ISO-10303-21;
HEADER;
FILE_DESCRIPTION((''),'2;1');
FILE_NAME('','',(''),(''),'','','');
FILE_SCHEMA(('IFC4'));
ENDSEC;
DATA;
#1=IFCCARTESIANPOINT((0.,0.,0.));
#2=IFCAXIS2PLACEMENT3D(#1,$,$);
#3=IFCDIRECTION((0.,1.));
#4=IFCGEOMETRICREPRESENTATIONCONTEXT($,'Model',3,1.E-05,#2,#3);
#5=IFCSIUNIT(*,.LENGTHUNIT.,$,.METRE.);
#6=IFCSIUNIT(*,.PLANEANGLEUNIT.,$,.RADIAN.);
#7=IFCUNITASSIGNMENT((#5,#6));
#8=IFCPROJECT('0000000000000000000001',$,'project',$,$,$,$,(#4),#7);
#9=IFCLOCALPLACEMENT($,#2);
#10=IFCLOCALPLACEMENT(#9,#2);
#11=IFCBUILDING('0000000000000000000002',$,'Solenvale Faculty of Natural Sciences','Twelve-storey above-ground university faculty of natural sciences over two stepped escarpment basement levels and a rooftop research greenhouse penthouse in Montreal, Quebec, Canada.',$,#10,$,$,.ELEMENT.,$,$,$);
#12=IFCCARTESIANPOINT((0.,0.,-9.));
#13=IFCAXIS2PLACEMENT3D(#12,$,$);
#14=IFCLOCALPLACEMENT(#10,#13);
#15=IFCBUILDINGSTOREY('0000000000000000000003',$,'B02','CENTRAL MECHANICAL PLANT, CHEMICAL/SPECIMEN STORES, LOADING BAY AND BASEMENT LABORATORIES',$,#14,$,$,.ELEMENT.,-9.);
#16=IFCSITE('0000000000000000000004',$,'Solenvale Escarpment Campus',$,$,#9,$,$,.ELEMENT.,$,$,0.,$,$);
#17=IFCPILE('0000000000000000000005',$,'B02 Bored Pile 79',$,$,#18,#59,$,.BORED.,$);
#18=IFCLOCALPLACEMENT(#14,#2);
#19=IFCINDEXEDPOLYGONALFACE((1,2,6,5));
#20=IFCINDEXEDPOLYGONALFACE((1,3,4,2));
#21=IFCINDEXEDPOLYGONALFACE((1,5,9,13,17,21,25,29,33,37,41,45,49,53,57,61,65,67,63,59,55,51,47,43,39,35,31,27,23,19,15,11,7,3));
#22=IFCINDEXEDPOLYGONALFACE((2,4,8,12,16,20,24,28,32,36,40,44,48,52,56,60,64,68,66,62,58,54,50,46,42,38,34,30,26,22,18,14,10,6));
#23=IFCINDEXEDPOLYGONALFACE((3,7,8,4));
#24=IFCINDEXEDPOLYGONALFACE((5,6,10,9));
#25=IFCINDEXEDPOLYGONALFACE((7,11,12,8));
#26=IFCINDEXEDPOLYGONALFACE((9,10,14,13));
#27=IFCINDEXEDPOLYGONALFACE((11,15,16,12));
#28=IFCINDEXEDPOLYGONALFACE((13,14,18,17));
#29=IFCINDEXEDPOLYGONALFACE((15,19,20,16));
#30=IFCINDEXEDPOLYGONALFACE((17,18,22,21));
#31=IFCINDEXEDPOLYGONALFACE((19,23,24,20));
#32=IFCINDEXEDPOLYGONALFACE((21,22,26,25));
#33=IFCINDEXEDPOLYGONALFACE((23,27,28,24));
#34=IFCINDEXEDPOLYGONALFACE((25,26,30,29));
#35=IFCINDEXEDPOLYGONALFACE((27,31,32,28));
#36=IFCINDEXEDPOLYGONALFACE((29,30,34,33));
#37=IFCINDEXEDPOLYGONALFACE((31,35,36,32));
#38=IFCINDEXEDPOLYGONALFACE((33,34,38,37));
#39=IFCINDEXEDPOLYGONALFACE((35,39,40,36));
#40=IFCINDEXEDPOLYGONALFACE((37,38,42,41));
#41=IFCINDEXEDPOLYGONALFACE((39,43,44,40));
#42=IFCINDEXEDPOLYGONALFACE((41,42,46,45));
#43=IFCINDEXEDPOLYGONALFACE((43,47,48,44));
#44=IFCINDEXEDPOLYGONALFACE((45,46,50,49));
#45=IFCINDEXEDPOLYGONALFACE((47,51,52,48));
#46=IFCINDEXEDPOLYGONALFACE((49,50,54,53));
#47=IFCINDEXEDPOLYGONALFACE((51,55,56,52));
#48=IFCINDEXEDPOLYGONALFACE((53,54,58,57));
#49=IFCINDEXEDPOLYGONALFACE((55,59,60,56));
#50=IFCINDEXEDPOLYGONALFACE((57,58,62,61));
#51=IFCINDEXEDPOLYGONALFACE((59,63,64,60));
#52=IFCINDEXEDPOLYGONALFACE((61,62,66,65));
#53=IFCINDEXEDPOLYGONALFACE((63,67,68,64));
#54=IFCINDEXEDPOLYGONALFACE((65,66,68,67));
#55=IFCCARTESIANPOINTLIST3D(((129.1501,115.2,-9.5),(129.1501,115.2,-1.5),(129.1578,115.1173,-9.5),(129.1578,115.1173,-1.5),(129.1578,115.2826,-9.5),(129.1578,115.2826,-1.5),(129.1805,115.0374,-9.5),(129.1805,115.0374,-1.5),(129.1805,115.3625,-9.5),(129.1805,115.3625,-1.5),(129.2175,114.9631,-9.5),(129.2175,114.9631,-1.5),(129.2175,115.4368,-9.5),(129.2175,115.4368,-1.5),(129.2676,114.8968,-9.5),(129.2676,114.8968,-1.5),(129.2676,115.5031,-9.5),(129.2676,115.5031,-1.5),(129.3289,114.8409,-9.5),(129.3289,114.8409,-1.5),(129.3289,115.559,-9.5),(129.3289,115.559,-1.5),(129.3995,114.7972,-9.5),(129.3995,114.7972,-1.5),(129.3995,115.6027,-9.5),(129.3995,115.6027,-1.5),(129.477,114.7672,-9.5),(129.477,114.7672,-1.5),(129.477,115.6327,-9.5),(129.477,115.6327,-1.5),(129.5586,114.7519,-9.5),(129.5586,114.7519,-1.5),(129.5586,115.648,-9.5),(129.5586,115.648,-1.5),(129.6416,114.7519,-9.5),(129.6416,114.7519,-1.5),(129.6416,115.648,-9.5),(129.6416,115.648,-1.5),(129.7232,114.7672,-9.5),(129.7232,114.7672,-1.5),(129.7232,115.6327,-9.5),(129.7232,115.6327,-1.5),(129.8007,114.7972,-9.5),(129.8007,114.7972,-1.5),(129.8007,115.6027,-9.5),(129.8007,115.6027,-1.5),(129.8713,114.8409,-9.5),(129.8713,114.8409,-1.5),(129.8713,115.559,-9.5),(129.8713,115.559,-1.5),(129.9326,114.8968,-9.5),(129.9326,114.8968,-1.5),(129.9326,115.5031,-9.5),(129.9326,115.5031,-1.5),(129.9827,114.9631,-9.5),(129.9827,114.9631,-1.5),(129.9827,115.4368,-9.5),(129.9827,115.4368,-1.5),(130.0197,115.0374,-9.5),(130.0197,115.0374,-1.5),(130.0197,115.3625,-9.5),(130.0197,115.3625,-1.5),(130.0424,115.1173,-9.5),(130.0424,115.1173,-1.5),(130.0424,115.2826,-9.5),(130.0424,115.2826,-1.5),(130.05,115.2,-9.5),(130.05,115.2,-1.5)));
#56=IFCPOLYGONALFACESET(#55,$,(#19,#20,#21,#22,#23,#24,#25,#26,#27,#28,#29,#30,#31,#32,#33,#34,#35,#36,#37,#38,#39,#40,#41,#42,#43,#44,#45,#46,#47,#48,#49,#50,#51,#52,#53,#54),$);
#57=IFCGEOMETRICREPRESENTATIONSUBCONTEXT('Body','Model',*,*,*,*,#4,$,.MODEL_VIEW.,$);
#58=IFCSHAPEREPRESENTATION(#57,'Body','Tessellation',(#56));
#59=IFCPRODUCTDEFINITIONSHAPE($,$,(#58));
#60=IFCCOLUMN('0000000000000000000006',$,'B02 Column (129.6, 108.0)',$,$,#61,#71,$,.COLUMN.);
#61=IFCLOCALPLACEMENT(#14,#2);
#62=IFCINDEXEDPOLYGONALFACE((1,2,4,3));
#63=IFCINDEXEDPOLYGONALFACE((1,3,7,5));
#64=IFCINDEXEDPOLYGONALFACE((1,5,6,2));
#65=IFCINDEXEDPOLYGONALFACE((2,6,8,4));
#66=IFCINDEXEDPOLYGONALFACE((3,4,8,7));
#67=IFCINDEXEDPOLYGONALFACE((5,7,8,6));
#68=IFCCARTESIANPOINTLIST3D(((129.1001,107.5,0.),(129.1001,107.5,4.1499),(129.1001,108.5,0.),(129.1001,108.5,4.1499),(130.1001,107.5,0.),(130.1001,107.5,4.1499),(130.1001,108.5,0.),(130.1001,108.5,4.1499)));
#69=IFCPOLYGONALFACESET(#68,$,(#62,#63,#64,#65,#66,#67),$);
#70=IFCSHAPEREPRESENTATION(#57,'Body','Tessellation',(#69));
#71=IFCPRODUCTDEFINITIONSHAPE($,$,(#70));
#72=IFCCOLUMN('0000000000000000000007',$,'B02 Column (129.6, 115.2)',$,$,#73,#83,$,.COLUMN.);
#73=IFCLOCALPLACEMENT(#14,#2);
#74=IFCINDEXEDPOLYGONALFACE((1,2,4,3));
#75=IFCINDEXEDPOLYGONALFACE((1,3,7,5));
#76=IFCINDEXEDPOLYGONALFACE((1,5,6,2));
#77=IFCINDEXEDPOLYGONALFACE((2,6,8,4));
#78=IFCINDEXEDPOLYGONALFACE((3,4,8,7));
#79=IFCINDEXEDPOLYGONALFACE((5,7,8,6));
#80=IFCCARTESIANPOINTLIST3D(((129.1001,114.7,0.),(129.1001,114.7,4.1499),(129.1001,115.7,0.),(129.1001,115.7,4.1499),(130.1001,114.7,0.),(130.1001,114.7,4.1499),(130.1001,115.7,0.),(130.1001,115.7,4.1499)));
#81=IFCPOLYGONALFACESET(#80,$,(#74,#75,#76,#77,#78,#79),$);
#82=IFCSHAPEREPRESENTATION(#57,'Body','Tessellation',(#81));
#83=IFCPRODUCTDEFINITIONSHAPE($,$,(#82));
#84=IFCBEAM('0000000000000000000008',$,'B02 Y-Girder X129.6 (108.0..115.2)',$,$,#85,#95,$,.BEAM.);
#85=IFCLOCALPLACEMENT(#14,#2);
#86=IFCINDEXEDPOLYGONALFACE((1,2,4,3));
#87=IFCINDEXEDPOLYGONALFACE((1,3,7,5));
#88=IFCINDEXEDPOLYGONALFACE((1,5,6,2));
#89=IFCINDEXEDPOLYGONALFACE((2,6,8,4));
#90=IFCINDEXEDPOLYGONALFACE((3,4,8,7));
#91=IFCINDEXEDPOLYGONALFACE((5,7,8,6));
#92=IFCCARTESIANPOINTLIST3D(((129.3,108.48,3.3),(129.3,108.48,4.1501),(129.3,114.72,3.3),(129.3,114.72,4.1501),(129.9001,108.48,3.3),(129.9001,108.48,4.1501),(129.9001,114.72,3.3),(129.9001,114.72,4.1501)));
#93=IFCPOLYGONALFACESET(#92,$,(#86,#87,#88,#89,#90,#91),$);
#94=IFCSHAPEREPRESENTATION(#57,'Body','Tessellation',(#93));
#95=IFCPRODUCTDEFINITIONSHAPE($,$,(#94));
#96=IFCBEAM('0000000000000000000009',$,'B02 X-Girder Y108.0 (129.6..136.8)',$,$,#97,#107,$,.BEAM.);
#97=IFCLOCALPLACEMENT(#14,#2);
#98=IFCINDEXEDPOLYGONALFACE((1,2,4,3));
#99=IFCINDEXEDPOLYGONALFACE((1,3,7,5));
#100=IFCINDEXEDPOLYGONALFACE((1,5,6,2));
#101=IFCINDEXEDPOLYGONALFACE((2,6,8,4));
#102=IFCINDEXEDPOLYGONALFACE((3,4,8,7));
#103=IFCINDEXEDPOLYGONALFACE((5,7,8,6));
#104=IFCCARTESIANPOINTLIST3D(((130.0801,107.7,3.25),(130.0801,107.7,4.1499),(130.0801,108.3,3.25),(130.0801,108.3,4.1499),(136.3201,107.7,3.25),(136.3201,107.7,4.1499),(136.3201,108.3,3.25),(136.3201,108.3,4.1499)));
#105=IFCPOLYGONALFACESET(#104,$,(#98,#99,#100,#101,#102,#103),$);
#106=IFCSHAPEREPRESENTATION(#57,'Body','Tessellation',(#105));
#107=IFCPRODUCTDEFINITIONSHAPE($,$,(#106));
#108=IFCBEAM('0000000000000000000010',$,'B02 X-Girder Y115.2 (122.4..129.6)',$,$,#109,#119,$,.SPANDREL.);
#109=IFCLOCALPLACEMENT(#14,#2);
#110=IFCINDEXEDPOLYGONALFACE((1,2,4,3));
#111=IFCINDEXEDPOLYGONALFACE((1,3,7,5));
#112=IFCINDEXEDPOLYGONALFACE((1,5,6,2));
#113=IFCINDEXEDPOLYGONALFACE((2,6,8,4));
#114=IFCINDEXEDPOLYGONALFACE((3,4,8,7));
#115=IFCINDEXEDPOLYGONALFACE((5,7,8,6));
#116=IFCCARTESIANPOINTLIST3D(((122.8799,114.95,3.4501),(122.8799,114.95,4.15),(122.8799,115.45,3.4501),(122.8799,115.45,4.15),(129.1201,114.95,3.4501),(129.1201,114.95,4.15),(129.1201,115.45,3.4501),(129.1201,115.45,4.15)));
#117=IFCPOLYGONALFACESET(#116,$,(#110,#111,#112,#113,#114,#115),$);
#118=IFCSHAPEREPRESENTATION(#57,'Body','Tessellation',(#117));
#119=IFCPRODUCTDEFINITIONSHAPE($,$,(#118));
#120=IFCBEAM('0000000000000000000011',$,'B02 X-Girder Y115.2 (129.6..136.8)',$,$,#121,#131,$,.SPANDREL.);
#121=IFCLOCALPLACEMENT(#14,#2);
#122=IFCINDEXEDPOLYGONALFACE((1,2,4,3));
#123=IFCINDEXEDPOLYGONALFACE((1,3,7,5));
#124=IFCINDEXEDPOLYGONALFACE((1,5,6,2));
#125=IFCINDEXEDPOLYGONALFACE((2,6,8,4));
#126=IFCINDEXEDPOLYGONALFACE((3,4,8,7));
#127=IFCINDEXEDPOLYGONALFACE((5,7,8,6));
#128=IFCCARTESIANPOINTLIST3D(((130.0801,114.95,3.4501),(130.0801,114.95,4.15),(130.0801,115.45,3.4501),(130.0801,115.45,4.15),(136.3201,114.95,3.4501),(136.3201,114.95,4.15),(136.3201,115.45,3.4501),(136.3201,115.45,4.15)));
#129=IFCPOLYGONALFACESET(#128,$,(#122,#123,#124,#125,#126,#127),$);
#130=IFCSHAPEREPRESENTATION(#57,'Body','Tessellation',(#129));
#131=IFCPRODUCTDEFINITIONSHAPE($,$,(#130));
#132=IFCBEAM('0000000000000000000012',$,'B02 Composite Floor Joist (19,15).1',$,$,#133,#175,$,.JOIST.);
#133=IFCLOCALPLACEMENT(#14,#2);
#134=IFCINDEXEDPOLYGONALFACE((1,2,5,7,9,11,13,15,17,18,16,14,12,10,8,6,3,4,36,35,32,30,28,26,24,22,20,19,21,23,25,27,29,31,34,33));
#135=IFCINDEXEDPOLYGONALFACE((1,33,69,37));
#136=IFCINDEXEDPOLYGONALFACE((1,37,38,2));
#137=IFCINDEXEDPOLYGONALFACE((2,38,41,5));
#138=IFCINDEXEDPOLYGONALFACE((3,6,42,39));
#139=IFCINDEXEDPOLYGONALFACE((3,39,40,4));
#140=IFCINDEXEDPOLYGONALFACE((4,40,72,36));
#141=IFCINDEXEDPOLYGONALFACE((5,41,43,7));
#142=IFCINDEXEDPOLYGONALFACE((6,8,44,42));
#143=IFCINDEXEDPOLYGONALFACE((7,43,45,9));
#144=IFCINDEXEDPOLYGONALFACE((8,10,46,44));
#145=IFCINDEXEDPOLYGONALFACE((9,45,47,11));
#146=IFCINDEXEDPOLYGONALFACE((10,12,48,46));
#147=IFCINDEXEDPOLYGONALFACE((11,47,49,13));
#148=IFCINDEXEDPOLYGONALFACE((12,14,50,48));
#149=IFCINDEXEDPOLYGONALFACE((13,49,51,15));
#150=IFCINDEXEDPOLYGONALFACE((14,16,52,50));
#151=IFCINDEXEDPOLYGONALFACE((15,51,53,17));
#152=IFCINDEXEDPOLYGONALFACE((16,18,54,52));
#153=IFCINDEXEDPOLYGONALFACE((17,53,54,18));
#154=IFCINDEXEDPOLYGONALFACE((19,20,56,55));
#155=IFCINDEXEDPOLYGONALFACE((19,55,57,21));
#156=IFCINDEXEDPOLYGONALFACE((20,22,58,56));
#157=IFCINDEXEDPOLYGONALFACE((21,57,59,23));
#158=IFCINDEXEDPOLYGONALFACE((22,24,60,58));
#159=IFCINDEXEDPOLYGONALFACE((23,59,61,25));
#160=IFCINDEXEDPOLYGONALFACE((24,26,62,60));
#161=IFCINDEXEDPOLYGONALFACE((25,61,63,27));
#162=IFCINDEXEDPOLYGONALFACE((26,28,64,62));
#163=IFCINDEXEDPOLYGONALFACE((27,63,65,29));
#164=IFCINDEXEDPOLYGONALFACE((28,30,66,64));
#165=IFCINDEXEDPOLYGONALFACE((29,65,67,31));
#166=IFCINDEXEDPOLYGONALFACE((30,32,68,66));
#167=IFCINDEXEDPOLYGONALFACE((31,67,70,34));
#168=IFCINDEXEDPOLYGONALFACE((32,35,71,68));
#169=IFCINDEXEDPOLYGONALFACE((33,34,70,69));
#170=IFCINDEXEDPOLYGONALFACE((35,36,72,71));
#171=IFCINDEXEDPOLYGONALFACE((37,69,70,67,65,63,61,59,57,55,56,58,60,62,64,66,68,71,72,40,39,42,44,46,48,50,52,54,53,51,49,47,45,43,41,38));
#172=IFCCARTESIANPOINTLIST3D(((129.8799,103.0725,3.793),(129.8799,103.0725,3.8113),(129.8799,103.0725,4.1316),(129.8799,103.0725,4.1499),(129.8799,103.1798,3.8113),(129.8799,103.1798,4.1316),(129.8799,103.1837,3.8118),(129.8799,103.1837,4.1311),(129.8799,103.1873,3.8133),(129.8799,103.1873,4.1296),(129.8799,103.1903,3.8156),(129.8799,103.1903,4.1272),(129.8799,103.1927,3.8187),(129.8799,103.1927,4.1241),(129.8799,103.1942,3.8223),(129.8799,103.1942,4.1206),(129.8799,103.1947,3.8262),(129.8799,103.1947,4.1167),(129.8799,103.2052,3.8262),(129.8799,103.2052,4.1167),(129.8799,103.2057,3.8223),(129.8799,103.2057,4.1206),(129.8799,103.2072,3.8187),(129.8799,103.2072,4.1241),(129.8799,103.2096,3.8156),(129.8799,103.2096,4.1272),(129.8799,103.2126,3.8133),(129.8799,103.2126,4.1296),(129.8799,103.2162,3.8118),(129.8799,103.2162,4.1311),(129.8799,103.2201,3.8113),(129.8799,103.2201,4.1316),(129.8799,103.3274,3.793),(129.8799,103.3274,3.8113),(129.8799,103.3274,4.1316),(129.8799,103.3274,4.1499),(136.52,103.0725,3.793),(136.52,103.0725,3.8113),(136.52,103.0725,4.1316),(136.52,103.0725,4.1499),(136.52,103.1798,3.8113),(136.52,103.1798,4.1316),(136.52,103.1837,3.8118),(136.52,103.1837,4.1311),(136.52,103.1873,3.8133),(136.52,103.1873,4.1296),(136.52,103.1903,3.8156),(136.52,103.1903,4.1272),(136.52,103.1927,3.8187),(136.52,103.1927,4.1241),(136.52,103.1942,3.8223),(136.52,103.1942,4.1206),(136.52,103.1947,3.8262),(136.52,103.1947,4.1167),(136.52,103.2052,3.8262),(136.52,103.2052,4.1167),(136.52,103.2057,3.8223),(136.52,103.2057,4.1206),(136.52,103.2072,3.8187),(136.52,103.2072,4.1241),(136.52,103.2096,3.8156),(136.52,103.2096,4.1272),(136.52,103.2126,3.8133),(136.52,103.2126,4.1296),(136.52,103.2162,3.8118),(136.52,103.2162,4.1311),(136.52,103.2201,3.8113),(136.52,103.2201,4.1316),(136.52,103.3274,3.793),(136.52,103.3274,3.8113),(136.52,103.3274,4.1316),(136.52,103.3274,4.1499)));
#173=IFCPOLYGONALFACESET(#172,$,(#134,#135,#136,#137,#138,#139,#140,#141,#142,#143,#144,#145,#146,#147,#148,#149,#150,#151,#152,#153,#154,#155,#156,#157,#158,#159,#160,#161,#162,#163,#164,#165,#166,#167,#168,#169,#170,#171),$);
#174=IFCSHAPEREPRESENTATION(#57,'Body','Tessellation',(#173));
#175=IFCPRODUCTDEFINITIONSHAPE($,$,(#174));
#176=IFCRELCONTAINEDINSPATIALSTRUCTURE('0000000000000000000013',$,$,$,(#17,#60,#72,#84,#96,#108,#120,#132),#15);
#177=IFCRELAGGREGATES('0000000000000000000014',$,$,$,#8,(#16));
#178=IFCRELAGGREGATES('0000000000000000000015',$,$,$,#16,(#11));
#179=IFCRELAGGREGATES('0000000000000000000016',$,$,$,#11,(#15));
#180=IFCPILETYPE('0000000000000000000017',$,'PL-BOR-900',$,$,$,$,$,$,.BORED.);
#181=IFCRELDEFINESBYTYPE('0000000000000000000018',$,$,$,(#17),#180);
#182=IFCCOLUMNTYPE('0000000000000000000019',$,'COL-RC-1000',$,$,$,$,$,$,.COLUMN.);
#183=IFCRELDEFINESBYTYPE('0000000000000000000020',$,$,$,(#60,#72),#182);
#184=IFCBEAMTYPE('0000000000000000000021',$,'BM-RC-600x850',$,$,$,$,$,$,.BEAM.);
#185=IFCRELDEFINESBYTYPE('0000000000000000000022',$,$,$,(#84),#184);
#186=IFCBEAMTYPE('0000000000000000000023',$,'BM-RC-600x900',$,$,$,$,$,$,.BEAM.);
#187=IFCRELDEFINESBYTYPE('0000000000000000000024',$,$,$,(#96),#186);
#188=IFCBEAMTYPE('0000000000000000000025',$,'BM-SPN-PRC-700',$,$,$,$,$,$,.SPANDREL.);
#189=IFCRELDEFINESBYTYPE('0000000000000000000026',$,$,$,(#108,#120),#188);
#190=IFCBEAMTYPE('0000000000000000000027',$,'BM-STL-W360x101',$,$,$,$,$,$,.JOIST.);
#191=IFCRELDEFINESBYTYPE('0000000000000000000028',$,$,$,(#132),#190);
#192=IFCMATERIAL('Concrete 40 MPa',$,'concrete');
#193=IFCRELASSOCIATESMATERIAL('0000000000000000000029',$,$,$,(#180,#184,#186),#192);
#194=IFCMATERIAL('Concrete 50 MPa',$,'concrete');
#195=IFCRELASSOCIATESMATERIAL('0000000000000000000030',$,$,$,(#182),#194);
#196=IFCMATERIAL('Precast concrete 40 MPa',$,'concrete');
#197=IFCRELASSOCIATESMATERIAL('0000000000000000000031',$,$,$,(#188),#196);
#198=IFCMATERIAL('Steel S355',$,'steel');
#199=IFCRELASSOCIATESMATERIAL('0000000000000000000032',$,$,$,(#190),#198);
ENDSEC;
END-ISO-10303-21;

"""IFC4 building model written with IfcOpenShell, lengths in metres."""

from ifc_helpers import new_model, si_unit, direction, frame, origin, origin_2d, place, context, subcontext, project, spatial, rectangle, circle, i_section, extrude, material, material_profile, profile_set, type_object, element, save


model = new_model("IFC4")

# Units and contexts
model_context = context("Model", 3, precision=1e-05, world=origin(), true_north=direction((0.0, 1.0)))
body_context = subcontext(model_context, "Body", "Model", "MODEL_VIEW")
ifc_project = project(units=[si_unit("LENGTHUNIT", "METRE"), si_unit("PLANEANGLEUNIT", "RADIAN")], contexts=[model_context])

# Site, building, storey
site_placement = place(None, origin())
site = spatial("IfcSite", under=ifc_project, at=site_placement, Name="Solenvale Escarpment Campus", CompositionType="ELEMENT", RefElevation=0.0)
building_placement = place(site_placement, origin())
building = spatial("IfcBuilding", under=site, at=building_placement, Name="Solenvale Faculty of Natural Sciences", Description="Twelve-storey above-ground university faculty of natural sciences over two stepped escarpment basement levels and a rooftop research greenhouse penthouse in Montreal, Quebec, Canada.", CompositionType="ELEMENT")
storey_placement = place(building_placement, frame((0.0, 0.0, -9.0)))
storey = spatial("IfcBuildingStorey", under=building, at=storey_placement, Name="B02", Description="CENTRAL MECHANICAL PLANT, CHEMICAL/SPECIMEN STORES, LOADING BAY AND BASEMENT LABORATORIES", CompositionType="ELEMENT", Elevation=-9.0)

# Shared definitions
ifc_material_1 = material(Name="Concrete 40 MPa", Category="concrete")

# Pile
ifc_material_profile_1 = material_profile(ifc_material_1, circle(Radius=0.45, at=origin_2d()), Name="PILE-D900")
ifc_profile_set_1 = profile_set([ifc_material_profile_1], Name="Concrete 40 MPa")
pile_type_1 = type_object("IfcPileType", Name="PL-BOR-900", PredefinedType="BORED", material=ifc_profile_set_1)
for number, where, z_axis, x_axis, name in (
    (1, (129.6001, 115.2, -1.5), (0.0, 0.0, -1.0), (1.0, 0.0, 0.0), "B02 Bored Pile 79"),
):
    element("IfcPile", number, at=place(storey_placement, frame(where, z_axis=z_axis, x_axis=x_axis)), inside=storey, type_object=pile_type_1, Name=name, PredefinedType="BORED", context=body_context, shape_type="SweptSolid", body=[
        extrude(circle(Radius=0.45, at=origin_2d()), origin(), (0.0, 0.0, 1.0), 8.0),
    ])

# Columns
ifc_material_2 = material(Name="Concrete 50 MPa", Category="concrete")
ifc_material_profile_2 = material_profile(ifc_material_2, rectangle(XDim=1.0, YDim=1.0, at=origin_2d()), Name="RC-COL-1000x1000")
ifc_profile_set_2 = profile_set([ifc_material_profile_2], Name="Concrete 50 MPa")
column_type = type_object("IfcColumnType", Name="COL-RC-1000", PredefinedType="COLUMN", material=ifc_profile_set_2)
for number, where, z_axis, x_axis, name in (
    (2, (129.6001, 108.0, 0.0), (0.0, 0.0, 1.0), (1.0, 0.0, 0.0), "B02 Column (129.6, 108.0)"),
    (3, (129.6001, 115.2, 0.0), (0.0, 0.0, 1.0), (1.0, 0.0, 0.0), "B02 Column (129.6, 115.2)"),
):
    element("IfcColumn", number, at=place(storey_placement, frame(where, z_axis=z_axis, x_axis=x_axis)), inside=storey, type_object=column_type, Name=name, PredefinedType="COLUMN", context=body_context, shape_type="SweptSolid", body=[
        extrude(rectangle(XDim=1.0, YDim=1.0, at=origin_2d()), origin(), (0.0, 0.0, 1.0), 4.1499),
    ])

# Beams
ifc_material_profile_3 = material_profile(ifc_material_1, rectangle(XDim=0.6001, YDim=0.8501, at=origin_2d()), Name="RC-BM-600x850")
ifc_profile_set_3 = profile_set([ifc_material_profile_3], Name="Concrete 40 MPa")
beam_type_1 = type_object("IfcBeamType", Name="BM-RC-600x850", PredefinedType="BEAM", material=ifc_profile_set_3)
beam_1_placement = place(storey_placement, frame((129.6001, 108.48, 3.7251), z_axis=(0.0, 1.0, 0.0), x_axis=(-1.0, 0.0, 0.0)))
element("IfcBeam", 4, at=beam_1_placement, inside=storey, type_object=beam_type_1, Name="B02 Y-Girder X129.6 (108.0..115.2)", PredefinedType="BEAM", context=body_context, shape_type="SweptSolid", body=[
    extrude(rectangle(XDim=0.6001, YDim=0.8501, at=origin_2d()), origin(), (0.0, 0.0, 1.0), 6.24),
])
ifc_material_profile_4 = material_profile(ifc_material_1, rectangle(XDim=0.6001, YDim=0.8999, at=origin_2d()), Name="RC-BM-600x900")
ifc_profile_set_4 = profile_set([ifc_material_profile_4], Name="Concrete 40 MPa")
beam_type_2 = type_object("IfcBeamType", Name="BM-RC-600x900", PredefinedType="BEAM", material=ifc_profile_set_4)
beam_2_placement = place(storey_placement, frame((130.0801, 108.0, 3.7), z_axis=(1.0, 0.0, 0.0), x_axis=(0.0, 1.0, 0.0)))
element("IfcBeam", 5, at=beam_2_placement, inside=storey, type_object=beam_type_2, Name="B02 X-Girder Y108.0 (129.6..136.8)", PredefinedType="BEAM", context=body_context, shape_type="SweptSolid", body=[
    extrude(rectangle(XDim=0.6001, YDim=0.8999, at=origin_2d()), origin(), (0.0, 0.0, 1.0), 6.24),
])
ifc_material_3 = material(Name="Precast concrete 40 MPa", Category="concrete")
ifc_material_profile_5 = material_profile(ifc_material_3, rectangle(XDim=0.5, YDim=0.7, at=origin_2d()), Name="RC-BM-500x700")
ifc_profile_set_5 = profile_set([ifc_material_profile_5], Name="Precast concrete 40 MPa")
beam_type_3 = type_object("IfcBeamType", Name="BM-SPN-PRC-700", PredefinedType="SPANDREL", material=ifc_profile_set_5)
beam_3_placement = place(storey_placement, frame((122.8799, 115.2, 3.8), z_axis=(1.0, 0.0, 0.0), x_axis=(0.0, 1.0, 0.0)))
element("IfcBeam", 6, at=beam_3_placement, inside=storey, type_object=beam_type_3, Name="B02 X-Girder Y115.2 (122.4..129.6)", PredefinedType="SPANDREL", context=body_context, shape_type="SweptSolid", body=[
    extrude(rectangle(XDim=0.5, YDim=0.7, at=origin_2d()), origin(), (0.0, 0.0, 1.0), 6.2402),
])
beam_4_placement = place(storey_placement, frame((130.0801, 115.2, 3.8), z_axis=(1.0, 0.0, 0.0), x_axis=(0.0, 1.0, 0.0)))
element("IfcBeam", 7, at=beam_4_placement, inside=storey, type_object=beam_type_3, Name="B02 X-Girder Y115.2 (129.6..136.8)", PredefinedType="SPANDREL", context=body_context, shape_type="SweptSolid", body=[
    extrude(rectangle(XDim=0.5, YDim=0.7, at=origin_2d()), origin(), (0.0, 0.0, 1.0), 6.24),
])
ifc_material_4 = material(Name="Steel S355", Category="steel")
ifc_material_profile_6 = material_profile(ifc_material_4, i_section(OverallWidth=0.2549, OverallDepth=0.3569, WebThickness=0.0105, FlangeThickness=0.0183, FilletRadius=0.0149, at=origin_2d()), Name="W360x101")
ifc_profile_set_6 = profile_set([ifc_material_profile_6], Name="Steel S355")
beam_type_4 = type_object("IfcBeamType", Name="BM-STL-W360x101", PredefinedType="JOIST", material=ifc_profile_set_6)
for number, where, z_axis, x_axis, name in (
    (8, (129.8799, 103.2, 3.9714), (1.0, 0.0, 0.0), (0.0, 1.0, 0.0), "B02 Composite Floor Joist (19,15).1"),
):
    element("IfcBeam", number, at=place(storey_placement, frame(where, z_axis=z_axis, x_axis=x_axis)), inside=storey, type_object=beam_type_4, Name=name, PredefinedType="JOIST", context=body_context, shape_type="SweptSolid", body=[
        extrude(i_section(OverallWidth=0.2549, OverallDepth=0.3569, WebThickness=0.0105, FlangeThickness=0.0183, FilletRadius=0.0149, at=origin_2d()), origin(), (0.0, 0.0, 1.0), 6.6401),
    ])

save(model, "model.ifc")
